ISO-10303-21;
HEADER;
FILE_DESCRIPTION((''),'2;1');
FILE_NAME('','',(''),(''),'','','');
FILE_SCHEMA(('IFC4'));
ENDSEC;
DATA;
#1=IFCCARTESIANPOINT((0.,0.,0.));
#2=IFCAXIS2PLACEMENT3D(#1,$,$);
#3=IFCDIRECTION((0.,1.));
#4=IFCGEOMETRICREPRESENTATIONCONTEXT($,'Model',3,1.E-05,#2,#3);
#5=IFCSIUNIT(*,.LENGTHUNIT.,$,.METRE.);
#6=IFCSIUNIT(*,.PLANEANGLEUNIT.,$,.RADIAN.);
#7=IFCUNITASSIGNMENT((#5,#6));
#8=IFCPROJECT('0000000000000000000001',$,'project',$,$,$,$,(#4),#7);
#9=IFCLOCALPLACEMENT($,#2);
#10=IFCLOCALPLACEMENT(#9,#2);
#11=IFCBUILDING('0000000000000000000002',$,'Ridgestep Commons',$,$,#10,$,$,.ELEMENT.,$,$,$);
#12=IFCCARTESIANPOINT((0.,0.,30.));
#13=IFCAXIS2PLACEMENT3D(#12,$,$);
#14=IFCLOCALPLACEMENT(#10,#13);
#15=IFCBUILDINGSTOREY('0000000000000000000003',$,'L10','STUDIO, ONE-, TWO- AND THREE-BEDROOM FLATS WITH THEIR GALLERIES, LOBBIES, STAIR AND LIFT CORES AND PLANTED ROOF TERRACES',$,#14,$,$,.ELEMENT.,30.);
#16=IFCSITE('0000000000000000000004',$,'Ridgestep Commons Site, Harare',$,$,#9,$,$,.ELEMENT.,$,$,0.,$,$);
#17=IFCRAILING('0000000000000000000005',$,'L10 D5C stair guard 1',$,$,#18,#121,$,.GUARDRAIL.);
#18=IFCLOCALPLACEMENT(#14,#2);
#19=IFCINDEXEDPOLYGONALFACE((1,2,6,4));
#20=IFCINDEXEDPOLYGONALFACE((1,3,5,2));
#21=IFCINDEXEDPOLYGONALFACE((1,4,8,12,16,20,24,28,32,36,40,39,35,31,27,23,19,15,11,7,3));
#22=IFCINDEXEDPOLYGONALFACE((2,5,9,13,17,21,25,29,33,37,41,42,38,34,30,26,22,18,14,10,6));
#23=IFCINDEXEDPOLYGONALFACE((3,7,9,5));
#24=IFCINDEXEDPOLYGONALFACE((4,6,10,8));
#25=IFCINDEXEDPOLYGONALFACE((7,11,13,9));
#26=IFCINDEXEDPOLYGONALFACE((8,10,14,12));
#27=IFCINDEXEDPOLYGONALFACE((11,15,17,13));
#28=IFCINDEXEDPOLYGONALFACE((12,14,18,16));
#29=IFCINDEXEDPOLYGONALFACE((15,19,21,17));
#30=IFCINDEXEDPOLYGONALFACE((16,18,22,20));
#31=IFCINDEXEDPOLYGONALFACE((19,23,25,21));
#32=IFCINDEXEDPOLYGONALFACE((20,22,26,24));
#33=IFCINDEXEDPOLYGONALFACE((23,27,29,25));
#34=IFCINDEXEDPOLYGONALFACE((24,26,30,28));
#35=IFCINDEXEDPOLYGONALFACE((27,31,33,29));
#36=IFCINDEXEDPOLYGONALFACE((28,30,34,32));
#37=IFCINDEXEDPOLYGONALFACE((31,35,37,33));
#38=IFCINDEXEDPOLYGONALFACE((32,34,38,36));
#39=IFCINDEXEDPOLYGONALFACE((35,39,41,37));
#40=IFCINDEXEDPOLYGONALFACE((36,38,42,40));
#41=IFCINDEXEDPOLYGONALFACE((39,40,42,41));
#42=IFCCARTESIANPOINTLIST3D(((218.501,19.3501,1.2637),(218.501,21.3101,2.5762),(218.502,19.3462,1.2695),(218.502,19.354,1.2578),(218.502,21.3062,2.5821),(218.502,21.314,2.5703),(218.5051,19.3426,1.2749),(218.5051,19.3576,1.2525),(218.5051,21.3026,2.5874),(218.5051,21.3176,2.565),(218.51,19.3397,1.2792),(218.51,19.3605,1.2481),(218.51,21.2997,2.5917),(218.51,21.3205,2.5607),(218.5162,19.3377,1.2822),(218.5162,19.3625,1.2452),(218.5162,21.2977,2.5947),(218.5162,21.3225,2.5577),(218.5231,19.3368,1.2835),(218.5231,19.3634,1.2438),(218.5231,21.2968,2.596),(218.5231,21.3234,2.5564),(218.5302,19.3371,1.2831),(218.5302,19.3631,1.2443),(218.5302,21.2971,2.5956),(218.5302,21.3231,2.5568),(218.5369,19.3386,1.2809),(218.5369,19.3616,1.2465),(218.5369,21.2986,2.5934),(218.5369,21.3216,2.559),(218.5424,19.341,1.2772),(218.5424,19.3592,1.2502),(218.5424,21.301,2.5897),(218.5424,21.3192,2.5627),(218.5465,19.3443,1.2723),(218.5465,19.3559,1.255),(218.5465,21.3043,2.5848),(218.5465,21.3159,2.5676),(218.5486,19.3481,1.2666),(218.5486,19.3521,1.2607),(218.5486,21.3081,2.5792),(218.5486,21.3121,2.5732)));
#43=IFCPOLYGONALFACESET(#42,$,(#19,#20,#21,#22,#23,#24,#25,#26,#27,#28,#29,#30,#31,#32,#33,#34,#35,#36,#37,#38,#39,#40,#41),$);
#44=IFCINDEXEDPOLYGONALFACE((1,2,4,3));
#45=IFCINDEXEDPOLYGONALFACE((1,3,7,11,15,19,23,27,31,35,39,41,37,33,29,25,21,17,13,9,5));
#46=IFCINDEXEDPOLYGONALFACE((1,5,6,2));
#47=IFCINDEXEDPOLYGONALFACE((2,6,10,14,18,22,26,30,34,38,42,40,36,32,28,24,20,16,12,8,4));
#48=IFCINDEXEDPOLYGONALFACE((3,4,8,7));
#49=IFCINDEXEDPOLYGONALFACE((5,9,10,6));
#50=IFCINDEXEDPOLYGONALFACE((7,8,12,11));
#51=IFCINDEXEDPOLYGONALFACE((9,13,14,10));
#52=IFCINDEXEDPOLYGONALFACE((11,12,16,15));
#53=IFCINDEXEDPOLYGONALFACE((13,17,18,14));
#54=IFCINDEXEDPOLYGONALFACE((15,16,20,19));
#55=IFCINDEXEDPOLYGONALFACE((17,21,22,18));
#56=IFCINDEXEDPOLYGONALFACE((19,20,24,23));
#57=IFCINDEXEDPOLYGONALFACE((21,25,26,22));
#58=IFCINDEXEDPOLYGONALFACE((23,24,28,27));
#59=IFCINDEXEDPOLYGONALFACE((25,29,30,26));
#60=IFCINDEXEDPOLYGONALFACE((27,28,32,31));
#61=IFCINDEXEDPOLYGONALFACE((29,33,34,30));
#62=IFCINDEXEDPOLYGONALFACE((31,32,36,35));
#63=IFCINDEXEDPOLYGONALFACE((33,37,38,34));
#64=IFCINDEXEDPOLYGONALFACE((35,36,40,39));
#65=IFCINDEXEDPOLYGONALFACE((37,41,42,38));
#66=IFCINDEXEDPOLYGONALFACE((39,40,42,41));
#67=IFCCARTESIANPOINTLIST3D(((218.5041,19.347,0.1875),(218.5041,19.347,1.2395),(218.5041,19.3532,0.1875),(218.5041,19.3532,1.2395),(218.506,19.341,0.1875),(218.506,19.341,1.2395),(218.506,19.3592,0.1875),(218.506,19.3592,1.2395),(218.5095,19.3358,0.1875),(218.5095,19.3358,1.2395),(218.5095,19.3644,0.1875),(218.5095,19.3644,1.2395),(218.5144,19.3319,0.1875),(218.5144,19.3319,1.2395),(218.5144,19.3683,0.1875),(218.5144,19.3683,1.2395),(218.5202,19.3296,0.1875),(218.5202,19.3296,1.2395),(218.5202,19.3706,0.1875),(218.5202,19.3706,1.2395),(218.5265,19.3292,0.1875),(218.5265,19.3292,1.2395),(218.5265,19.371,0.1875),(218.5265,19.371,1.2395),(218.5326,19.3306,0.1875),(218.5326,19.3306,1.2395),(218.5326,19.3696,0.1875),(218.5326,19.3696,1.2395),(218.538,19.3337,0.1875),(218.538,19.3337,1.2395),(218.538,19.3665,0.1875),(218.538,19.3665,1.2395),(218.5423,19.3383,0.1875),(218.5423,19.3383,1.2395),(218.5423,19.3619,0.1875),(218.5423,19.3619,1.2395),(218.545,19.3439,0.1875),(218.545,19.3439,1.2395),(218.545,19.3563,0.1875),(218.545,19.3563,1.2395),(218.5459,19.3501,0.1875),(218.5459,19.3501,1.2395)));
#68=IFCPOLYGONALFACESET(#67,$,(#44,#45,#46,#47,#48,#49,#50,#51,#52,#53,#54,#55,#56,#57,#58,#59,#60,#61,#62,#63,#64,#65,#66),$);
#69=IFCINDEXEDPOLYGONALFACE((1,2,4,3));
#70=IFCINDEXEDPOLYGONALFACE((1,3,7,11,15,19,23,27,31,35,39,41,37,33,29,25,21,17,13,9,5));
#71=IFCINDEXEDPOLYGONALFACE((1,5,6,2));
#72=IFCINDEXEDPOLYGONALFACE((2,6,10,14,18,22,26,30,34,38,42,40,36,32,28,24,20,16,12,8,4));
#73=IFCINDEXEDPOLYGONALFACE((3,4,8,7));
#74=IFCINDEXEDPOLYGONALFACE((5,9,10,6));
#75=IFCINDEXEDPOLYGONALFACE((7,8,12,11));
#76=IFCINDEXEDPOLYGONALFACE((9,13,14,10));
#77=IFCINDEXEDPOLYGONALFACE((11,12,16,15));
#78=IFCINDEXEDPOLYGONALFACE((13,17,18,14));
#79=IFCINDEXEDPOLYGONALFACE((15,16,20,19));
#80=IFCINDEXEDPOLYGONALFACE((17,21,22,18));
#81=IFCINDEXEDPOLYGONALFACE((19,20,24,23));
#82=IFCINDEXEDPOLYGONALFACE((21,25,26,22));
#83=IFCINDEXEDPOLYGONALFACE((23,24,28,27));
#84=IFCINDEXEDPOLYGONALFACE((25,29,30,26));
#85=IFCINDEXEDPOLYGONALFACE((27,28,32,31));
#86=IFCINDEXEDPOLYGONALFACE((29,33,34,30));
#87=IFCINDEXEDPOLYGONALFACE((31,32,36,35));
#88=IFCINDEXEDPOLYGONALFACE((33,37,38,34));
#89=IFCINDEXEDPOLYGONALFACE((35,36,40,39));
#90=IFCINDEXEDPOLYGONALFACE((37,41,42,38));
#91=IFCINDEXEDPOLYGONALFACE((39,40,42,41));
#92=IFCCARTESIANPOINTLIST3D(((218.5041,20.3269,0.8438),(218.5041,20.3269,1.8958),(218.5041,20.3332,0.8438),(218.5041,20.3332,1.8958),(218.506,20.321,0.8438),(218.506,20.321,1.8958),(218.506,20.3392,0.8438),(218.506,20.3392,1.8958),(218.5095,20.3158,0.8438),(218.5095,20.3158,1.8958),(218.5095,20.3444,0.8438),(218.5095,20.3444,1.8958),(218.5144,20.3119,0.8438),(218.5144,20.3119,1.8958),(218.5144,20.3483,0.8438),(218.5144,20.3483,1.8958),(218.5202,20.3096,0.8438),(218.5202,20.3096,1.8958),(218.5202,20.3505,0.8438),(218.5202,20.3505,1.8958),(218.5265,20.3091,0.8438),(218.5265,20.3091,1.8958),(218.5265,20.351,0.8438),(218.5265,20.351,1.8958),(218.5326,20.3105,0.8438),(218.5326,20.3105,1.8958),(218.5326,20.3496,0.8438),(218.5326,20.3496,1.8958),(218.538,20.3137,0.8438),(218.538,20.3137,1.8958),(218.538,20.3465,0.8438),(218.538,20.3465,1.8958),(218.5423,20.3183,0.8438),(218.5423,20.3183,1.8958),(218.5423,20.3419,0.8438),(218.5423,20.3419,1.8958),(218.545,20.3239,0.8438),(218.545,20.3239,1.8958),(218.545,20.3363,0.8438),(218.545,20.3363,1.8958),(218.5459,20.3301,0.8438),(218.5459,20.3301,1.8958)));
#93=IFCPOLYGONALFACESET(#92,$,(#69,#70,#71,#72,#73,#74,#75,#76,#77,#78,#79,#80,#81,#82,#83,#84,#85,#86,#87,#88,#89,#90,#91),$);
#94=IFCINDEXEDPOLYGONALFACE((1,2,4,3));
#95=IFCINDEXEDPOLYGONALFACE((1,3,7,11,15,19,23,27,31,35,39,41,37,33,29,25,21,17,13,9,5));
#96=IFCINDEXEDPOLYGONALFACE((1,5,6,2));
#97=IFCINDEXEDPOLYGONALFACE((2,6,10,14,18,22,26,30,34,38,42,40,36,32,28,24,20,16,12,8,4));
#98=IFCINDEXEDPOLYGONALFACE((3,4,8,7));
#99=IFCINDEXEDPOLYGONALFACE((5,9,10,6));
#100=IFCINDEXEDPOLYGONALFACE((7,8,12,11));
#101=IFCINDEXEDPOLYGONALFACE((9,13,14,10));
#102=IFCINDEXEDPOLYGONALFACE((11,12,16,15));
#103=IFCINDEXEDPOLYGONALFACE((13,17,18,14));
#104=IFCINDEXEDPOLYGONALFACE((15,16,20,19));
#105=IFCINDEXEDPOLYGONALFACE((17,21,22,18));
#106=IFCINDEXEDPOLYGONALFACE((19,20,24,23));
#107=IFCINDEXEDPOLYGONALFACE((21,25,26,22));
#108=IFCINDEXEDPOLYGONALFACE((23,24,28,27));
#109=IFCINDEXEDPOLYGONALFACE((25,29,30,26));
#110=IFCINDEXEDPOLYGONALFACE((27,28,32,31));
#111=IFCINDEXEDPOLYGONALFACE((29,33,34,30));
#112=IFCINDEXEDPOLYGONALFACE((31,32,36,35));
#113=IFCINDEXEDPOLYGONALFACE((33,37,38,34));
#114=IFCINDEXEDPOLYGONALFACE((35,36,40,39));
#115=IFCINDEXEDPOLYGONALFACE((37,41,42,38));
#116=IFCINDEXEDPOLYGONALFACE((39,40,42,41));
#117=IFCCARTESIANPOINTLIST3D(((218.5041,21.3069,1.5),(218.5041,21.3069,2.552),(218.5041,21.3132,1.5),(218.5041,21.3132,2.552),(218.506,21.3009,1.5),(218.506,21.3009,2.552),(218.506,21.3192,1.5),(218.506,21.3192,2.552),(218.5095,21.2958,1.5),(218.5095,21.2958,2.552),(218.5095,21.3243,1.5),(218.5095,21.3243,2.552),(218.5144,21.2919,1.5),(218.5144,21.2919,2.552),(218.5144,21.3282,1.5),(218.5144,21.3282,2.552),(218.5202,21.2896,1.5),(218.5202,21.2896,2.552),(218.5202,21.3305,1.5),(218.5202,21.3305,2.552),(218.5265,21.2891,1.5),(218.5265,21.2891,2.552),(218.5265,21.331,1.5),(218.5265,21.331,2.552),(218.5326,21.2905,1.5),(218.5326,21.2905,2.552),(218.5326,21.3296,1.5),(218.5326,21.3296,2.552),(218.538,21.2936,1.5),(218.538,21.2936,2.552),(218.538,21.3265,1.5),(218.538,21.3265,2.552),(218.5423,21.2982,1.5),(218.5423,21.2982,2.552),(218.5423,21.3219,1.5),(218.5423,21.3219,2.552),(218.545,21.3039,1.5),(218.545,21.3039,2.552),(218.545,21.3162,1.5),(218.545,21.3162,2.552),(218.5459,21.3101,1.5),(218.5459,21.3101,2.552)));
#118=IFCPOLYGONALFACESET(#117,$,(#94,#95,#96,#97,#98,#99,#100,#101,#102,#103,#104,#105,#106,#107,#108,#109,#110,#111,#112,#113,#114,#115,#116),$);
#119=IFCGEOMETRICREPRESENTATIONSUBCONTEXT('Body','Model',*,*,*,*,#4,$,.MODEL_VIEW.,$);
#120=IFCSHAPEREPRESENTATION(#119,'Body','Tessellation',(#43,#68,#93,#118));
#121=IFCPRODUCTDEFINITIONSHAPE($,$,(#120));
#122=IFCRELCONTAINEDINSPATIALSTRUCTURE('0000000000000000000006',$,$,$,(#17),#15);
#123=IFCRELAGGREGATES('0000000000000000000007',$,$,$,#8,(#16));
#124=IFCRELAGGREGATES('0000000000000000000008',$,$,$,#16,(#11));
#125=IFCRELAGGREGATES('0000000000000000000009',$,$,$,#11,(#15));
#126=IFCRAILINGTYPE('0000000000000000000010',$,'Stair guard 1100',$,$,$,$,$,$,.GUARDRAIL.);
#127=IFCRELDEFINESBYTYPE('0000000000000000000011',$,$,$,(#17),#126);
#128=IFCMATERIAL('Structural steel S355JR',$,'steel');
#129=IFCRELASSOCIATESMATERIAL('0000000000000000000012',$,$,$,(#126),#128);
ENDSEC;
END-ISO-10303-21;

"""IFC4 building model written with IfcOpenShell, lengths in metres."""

from ifc_helpers import new_model, si_unit, direction, frame, origin, origin_2d, place, context, subcontext, project, spatial, circle, extrude, material, type_object, element, save


model = new_model("IFC4")

# Units and contexts
model_context = context("Model", 3, precision=1e-05, world=origin(), true_north=direction((0.0, 1.0)))
body_context = subcontext(model_context, "Body", "Model", "MODEL_VIEW")
ifc_project = project(units=[si_unit("LENGTHUNIT", "METRE"), si_unit("PLANEANGLEUNIT", "RADIAN")], contexts=[model_context])

# Site, building, storey
site_placement = place(None, origin())
site = spatial("IfcSite", under=ifc_project, at=site_placement, Name="Ridgestep Commons Site, Harare", CompositionType="ELEMENT", RefElevation=0.0)
building_placement = place(site_placement, origin())
building = spatial("IfcBuilding", under=site, at=building_placement, Name="Ridgestep Commons", CompositionType="ELEMENT")
storey_placement = place(building_placement, frame((0.0, 0.0, 30.0)))
storey = spatial("IfcBuildingStorey", under=building, at=storey_placement, Name="L10", Description="STUDIO, ONE-, TWO- AND THREE-BEDROOM FLATS WITH THEIR GALLERIES, LOBBIES, STAIR AND LIFT CORES AND PLANTED ROOF TERRACES", CompositionType="ELEMENT", Elevation=30.0)

# Railing
ifc_material_1 = material(Name="Structural steel S355JR", Category="steel")
railing_type_1 = type_object("IfcRailingType", Name="Stair guard 1100", PredefinedType="GUARDRAIL", material=ifc_material_1)
railing_1_placement = place(storey_placement, frame((218.5249, 19.3501, 0.1875)))
element("IfcRailing", 1, at=railing_1_placement, inside=storey, type_object=railing_type_1, Name="L10 D5C stair guard 1", PredefinedType="GUARDRAIL", context=body_context, shape_type="SweptSolid", body=[
    extrude(circle(Radius=0.0239, at=origin_2d()), frame((0.0, 0.0, 1.0762), z_axis=(0.0, 0.830902, 0.556419), x_axis=(-1.0, 0.0, 0.0)), (0.0, 0.0, 1.0), 2.3589),
    extrude(circle(Radius=0.021, at=origin_2d()), origin(), (0.0, 0.0, 1.0), 1.052),
    extrude(circle(Radius=0.021, at=origin_2d()), frame((0.0, 0.98, 0.6562)), (0.0, 0.0, 1.0), 1.052),
    extrude(circle(Radius=0.021, at=origin_2d()), frame((0.0, 1.96, 1.3125)), (0.0, 0.0, 1.0), 1.052),
])

save(model, "model.ifc")
